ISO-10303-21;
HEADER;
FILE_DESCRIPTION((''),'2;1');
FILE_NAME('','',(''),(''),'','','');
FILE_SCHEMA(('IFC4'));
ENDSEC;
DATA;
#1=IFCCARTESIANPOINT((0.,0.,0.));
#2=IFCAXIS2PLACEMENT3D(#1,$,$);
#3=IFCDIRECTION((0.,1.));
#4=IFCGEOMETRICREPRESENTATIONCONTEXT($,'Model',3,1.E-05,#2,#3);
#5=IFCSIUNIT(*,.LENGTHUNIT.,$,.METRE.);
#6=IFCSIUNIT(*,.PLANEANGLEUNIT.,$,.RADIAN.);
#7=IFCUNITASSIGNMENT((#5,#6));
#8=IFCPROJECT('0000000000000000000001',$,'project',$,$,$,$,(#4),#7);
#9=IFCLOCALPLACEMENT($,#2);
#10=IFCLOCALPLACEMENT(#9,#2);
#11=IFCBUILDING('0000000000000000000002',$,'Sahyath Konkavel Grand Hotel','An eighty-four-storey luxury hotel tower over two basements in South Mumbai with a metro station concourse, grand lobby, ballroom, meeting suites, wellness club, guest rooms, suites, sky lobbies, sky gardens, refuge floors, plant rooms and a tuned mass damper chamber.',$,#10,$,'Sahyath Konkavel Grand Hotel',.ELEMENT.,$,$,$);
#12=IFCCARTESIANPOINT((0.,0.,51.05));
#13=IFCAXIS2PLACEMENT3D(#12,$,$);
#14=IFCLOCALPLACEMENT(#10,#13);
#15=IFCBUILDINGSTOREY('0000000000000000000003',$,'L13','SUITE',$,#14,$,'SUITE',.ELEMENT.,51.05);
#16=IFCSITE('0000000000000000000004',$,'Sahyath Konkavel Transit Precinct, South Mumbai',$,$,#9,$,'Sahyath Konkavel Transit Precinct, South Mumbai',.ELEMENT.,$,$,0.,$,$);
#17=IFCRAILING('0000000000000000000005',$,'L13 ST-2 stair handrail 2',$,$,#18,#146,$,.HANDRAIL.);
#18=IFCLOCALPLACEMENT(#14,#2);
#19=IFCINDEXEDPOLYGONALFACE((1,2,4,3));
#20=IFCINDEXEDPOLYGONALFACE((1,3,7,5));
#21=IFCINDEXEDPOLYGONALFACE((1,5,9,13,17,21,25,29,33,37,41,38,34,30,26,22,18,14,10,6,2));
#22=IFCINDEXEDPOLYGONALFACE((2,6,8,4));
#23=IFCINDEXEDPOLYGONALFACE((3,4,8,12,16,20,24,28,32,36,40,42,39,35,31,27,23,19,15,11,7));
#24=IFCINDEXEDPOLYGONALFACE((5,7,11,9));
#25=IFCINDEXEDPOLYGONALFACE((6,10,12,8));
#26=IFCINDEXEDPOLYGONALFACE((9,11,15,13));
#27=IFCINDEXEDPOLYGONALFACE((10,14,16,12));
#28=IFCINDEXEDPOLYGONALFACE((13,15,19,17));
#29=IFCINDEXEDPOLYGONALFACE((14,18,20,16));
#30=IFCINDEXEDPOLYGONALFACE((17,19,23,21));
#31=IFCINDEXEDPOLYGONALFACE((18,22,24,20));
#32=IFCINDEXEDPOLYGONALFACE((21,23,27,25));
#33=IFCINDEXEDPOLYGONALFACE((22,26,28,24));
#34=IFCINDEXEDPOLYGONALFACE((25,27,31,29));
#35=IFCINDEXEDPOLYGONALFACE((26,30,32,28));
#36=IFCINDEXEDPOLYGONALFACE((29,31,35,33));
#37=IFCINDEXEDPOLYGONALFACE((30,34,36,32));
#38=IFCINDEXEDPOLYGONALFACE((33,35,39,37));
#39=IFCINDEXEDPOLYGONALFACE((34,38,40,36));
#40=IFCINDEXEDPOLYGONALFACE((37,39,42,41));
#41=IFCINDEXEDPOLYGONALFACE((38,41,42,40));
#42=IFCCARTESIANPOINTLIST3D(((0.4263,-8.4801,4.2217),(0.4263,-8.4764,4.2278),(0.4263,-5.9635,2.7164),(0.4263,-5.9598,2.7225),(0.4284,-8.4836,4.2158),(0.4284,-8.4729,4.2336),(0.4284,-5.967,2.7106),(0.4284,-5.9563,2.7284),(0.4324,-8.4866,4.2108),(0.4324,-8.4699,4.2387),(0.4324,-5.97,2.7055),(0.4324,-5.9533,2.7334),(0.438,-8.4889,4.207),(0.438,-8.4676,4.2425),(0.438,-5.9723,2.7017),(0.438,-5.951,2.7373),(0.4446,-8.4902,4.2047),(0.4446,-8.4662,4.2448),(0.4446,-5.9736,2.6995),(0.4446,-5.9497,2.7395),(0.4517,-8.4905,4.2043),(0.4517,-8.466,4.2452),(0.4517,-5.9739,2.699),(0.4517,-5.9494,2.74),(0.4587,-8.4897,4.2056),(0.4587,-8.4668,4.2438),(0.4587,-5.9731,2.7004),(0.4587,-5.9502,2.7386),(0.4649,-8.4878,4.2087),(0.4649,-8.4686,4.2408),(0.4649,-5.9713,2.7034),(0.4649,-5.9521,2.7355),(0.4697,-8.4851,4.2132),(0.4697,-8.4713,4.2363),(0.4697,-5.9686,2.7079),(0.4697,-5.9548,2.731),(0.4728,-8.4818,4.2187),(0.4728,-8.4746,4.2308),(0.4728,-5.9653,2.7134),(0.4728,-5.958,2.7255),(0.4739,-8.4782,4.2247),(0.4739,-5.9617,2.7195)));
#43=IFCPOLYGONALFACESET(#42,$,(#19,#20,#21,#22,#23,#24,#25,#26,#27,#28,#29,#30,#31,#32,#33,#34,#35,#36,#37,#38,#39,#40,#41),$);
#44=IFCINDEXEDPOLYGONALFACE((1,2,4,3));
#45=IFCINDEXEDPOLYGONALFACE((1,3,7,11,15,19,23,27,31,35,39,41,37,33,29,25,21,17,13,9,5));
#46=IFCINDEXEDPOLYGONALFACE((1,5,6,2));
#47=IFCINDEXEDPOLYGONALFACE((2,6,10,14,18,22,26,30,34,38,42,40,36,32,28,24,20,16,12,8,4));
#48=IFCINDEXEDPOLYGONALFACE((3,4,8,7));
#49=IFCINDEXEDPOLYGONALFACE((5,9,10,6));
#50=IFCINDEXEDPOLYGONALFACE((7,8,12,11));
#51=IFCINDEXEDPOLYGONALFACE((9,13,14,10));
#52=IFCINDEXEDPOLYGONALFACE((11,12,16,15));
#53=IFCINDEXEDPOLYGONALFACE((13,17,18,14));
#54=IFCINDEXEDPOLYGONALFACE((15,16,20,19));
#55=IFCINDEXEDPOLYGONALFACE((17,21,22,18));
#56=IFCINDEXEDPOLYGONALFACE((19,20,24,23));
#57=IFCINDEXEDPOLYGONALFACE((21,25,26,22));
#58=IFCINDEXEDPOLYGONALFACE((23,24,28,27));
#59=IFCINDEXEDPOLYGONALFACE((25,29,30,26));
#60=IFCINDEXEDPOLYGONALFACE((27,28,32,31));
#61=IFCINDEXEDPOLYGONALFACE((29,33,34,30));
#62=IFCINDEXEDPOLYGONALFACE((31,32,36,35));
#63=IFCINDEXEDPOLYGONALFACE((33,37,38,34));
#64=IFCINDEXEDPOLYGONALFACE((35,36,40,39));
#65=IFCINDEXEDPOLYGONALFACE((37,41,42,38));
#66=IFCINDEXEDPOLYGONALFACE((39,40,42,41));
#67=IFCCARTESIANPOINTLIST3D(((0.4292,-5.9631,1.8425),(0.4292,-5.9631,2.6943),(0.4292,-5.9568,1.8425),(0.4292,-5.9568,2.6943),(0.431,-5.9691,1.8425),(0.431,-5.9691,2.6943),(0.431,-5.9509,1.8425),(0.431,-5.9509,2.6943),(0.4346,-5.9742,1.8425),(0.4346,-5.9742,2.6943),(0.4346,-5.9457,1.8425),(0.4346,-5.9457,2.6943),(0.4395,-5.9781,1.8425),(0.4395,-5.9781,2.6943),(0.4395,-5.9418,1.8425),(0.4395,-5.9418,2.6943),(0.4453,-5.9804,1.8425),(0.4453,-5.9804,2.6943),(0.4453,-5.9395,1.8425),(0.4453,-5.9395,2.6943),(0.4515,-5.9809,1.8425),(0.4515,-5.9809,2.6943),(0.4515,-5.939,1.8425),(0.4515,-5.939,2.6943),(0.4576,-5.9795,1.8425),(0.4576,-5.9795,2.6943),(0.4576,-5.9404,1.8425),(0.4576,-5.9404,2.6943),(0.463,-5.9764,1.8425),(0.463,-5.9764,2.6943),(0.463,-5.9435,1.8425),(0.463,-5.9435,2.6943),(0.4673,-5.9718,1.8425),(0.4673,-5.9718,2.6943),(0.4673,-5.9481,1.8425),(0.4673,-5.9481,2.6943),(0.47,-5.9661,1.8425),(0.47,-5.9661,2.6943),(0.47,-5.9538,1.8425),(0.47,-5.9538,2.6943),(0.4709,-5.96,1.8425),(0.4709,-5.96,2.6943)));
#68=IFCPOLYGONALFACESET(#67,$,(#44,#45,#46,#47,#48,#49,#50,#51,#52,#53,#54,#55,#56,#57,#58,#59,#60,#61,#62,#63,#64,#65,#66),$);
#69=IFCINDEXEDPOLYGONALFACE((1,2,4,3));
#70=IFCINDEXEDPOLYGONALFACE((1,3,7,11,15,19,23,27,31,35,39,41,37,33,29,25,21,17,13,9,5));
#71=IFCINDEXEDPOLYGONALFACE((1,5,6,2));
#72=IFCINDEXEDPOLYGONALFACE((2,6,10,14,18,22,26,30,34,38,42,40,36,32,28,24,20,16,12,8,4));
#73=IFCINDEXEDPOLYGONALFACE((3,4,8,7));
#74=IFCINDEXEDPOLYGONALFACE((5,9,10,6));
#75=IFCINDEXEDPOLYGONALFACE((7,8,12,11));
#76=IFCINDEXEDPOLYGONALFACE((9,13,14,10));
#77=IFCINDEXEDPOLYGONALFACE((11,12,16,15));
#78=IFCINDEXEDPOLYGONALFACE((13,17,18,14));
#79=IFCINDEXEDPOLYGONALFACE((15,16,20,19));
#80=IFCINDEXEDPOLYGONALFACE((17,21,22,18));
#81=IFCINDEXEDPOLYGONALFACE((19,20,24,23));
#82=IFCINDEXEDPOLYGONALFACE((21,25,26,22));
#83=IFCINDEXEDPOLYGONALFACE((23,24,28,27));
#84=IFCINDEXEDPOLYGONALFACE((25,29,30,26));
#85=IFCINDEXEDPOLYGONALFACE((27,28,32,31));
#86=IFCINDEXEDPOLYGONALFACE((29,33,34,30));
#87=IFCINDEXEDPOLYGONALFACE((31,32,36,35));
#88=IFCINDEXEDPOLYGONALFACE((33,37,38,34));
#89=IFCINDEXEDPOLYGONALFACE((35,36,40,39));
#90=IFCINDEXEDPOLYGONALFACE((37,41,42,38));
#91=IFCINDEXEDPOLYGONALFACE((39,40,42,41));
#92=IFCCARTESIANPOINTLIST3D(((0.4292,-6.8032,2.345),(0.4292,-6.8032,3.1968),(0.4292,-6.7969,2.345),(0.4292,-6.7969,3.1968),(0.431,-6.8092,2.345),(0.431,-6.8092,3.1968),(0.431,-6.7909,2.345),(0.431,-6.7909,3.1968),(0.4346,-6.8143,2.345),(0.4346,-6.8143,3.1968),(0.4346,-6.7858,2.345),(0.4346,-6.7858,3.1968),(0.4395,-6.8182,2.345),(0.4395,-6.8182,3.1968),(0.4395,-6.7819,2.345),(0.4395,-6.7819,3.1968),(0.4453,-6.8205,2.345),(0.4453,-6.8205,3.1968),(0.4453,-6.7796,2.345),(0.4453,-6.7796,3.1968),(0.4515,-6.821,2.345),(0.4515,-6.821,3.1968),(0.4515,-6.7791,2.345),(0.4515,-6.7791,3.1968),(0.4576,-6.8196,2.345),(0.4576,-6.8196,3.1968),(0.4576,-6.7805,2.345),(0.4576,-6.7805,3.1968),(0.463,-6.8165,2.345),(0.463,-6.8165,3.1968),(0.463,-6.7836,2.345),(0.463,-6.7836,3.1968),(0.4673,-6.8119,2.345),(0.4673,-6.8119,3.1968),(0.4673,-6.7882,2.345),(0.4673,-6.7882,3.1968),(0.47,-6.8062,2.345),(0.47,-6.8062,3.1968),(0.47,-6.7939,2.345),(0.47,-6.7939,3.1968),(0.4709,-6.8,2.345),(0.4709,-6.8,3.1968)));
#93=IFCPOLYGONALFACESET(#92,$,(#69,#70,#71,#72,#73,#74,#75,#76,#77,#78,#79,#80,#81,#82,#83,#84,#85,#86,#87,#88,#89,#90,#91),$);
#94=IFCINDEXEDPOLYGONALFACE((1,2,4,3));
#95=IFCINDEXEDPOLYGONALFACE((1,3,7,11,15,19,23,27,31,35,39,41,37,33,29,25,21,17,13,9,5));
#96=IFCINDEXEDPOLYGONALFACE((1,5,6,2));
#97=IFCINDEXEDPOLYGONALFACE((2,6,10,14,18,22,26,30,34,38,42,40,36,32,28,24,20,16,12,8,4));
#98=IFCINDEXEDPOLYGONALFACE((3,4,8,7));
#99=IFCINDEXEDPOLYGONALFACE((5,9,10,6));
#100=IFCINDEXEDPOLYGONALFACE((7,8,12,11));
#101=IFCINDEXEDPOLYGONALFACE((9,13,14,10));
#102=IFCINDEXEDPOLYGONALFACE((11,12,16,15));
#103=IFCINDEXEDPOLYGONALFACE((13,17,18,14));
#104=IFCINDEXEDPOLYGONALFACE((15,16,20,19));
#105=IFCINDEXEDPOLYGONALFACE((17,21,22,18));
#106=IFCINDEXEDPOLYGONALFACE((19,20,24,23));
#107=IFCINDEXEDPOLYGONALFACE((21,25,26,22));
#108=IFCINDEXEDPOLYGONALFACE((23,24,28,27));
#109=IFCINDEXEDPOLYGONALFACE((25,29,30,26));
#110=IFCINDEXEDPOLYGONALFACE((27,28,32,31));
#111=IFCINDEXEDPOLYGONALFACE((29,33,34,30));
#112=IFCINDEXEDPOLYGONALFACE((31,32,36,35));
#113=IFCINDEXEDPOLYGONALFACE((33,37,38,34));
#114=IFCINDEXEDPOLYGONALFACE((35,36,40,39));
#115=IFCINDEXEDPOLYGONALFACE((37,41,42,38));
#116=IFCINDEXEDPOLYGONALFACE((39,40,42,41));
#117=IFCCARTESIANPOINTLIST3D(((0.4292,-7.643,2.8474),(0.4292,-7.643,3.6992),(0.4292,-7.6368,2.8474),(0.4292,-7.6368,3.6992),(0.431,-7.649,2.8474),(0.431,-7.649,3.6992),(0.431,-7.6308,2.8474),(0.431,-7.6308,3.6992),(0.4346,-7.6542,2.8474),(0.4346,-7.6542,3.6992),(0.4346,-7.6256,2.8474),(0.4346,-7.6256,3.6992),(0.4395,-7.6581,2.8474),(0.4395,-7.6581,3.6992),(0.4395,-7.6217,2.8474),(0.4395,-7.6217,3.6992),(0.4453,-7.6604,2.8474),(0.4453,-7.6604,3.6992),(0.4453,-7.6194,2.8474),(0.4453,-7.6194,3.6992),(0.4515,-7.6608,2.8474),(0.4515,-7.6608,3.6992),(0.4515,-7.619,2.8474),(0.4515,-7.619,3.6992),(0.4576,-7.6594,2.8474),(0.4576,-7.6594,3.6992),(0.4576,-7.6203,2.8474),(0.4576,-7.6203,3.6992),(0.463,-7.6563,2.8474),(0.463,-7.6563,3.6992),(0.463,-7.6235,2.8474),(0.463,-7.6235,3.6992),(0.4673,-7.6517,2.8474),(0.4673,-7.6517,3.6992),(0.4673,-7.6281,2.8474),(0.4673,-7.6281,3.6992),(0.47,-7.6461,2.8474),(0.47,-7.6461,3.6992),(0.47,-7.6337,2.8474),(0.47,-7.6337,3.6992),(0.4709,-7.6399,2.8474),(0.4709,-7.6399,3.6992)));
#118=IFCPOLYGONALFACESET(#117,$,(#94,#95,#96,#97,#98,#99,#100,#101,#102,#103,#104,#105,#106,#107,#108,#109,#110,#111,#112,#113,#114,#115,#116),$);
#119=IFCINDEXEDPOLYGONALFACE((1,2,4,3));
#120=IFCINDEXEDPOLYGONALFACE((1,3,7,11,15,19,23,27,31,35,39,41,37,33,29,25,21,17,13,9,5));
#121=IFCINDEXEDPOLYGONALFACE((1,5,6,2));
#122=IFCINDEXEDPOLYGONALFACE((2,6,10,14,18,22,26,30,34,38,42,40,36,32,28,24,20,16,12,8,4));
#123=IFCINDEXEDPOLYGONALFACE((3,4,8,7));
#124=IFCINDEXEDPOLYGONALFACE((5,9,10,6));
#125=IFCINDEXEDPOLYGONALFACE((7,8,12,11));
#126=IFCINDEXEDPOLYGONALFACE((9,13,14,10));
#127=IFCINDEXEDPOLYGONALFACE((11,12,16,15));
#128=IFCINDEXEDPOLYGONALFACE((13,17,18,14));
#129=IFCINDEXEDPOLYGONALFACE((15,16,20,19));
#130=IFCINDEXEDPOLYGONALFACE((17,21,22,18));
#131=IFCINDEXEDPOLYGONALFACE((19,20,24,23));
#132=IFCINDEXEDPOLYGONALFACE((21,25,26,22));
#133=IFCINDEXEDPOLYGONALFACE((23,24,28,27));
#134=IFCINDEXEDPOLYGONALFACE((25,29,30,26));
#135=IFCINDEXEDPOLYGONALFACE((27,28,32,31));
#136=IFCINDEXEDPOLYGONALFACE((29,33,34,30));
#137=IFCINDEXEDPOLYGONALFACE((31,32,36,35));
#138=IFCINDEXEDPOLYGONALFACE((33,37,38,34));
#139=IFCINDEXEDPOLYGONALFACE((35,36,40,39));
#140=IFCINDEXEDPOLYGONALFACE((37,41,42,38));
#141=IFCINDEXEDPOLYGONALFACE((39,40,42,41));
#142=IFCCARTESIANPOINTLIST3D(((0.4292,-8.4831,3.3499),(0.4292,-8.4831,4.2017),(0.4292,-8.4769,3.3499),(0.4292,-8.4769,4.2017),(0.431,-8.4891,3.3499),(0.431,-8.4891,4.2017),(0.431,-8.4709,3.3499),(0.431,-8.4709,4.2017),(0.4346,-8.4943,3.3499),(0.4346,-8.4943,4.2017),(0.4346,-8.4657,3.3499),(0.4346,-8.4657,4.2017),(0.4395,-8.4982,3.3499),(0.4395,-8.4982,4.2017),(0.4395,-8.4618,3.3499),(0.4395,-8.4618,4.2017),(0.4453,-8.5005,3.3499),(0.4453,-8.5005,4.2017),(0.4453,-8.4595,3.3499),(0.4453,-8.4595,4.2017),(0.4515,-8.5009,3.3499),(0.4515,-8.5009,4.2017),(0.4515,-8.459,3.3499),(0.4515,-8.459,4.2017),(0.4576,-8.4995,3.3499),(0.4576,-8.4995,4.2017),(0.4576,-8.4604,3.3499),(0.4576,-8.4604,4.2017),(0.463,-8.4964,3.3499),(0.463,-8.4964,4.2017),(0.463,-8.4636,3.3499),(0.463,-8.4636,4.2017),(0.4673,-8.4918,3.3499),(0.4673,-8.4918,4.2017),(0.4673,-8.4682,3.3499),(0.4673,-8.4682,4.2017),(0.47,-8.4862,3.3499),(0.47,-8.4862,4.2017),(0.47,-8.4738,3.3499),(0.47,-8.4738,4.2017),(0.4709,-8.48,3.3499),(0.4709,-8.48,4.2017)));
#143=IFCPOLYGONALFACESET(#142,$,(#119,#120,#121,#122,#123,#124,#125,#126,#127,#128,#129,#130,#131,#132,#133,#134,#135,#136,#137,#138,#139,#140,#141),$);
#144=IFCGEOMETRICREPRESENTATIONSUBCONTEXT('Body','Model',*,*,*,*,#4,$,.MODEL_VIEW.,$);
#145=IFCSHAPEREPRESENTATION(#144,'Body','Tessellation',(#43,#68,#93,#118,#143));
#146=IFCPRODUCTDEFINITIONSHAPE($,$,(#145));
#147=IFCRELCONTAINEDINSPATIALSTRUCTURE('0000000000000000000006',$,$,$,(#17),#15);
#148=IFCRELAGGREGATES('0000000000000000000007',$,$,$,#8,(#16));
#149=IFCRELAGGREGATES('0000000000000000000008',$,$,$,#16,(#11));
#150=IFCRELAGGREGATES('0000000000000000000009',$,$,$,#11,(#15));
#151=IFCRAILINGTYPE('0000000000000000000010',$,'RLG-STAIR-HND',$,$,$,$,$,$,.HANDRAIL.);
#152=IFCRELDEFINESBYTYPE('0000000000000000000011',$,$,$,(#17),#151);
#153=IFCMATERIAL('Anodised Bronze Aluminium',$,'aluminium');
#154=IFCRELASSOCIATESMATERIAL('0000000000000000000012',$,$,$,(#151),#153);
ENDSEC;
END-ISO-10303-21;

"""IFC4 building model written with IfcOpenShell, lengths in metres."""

from ifc_helpers import new_model, si_unit, direction, frame, origin, origin_2d, place, context, subcontext, project, spatial, circle, extrude, material, type_object, element, save


model = new_model("IFC4")

# Units and contexts
model_context = context("Model", 3, precision=1e-05, world=origin(), true_north=direction((0.0, 1.0)))
body_context = subcontext(model_context, "Body", "Model", "MODEL_VIEW")
ifc_project = project(units=[si_unit("LENGTHUNIT", "METRE"), si_unit("PLANEANGLEUNIT", "RADIAN")], contexts=[model_context])

# Site, building, storey
site_placement = place(None, origin())
site = spatial("IfcSite", under=ifc_project, at=site_placement, Name="Sahyath Konkavel Transit Precinct, South Mumbai", LongName="Sahyath Konkavel Transit Precinct, South Mumbai", CompositionType="ELEMENT", RefElevation=0.0)
building_placement = place(site_placement, origin())
building = spatial("IfcBuilding", under=site, at=building_placement, Name="Sahyath Konkavel Grand Hotel", Description="An eighty-four-storey luxury hotel tower over two basements in South Mumbai with a metro station concourse, grand lobby, ballroom, meeting suites, wellness club, guest rooms, suites, sky lobbies, sky gardens, refuge floors, plant rooms and a tuned mass damper chamber.", LongName="Sahyath Konkavel Grand Hotel", CompositionType="ELEMENT")
storey_placement = place(building_placement, frame((0.0, 0.0, 51.05)))
storey = spatial("IfcBuildingStorey", under=building, at=storey_placement, Name="L13", Description="SUITE", LongName="SUITE", CompositionType="ELEMENT", Elevation=51.05)

# Railing
ifc_material_1 = material(Name="Anodised Bronze Aluminium", Category="aluminium")
railing_type_1 = type_object("IfcRailingType", Name="RLG-STAIR-HND", PredefinedType="HANDRAIL", material=ifc_material_1)
railing_1_placement = place(storey_placement, frame((0.45, -5.96, 1.8425)))
element("IfcRailing", 1, at=railing_1_placement, inside=storey, type_object=railing_type_1, Name="L13 ST-2 stair handrail 2", PredefinedType="HANDRAIL", context=body_context, shape_type="SweptSolid", body=[
    extrude(circle(Radius=0.0239, at=origin_2d()), frame((0.0, -0.0017, 0.877), z_axis=(0.0, -0.858196, 0.513321), x_axis=(1.0, 0.0, 0.0)), (0.0, 0.0, 1.0), 2.9324),
    extrude(circle(Radius=0.021, at=origin_2d()), origin(), (0.0, 0.0, 1.0), 0.8518),
    extrude(circle(Radius=0.021, at=origin_2d()), frame((0.0, -0.8401, 0.5024)), (0.0, 0.0, 1.0), 0.8518),
    extrude(circle(Radius=0.021, at=origin_2d()), frame((0.0, -1.6799, 1.0049)), (0.0, 0.0, 1.0), 0.8518),
    extrude(circle(Radius=0.021, at=origin_2d()), frame((0.0, -2.52, 1.5073)), (0.0, 0.0, 1.0), 0.8518),
])

save(model, "model.ifc")
